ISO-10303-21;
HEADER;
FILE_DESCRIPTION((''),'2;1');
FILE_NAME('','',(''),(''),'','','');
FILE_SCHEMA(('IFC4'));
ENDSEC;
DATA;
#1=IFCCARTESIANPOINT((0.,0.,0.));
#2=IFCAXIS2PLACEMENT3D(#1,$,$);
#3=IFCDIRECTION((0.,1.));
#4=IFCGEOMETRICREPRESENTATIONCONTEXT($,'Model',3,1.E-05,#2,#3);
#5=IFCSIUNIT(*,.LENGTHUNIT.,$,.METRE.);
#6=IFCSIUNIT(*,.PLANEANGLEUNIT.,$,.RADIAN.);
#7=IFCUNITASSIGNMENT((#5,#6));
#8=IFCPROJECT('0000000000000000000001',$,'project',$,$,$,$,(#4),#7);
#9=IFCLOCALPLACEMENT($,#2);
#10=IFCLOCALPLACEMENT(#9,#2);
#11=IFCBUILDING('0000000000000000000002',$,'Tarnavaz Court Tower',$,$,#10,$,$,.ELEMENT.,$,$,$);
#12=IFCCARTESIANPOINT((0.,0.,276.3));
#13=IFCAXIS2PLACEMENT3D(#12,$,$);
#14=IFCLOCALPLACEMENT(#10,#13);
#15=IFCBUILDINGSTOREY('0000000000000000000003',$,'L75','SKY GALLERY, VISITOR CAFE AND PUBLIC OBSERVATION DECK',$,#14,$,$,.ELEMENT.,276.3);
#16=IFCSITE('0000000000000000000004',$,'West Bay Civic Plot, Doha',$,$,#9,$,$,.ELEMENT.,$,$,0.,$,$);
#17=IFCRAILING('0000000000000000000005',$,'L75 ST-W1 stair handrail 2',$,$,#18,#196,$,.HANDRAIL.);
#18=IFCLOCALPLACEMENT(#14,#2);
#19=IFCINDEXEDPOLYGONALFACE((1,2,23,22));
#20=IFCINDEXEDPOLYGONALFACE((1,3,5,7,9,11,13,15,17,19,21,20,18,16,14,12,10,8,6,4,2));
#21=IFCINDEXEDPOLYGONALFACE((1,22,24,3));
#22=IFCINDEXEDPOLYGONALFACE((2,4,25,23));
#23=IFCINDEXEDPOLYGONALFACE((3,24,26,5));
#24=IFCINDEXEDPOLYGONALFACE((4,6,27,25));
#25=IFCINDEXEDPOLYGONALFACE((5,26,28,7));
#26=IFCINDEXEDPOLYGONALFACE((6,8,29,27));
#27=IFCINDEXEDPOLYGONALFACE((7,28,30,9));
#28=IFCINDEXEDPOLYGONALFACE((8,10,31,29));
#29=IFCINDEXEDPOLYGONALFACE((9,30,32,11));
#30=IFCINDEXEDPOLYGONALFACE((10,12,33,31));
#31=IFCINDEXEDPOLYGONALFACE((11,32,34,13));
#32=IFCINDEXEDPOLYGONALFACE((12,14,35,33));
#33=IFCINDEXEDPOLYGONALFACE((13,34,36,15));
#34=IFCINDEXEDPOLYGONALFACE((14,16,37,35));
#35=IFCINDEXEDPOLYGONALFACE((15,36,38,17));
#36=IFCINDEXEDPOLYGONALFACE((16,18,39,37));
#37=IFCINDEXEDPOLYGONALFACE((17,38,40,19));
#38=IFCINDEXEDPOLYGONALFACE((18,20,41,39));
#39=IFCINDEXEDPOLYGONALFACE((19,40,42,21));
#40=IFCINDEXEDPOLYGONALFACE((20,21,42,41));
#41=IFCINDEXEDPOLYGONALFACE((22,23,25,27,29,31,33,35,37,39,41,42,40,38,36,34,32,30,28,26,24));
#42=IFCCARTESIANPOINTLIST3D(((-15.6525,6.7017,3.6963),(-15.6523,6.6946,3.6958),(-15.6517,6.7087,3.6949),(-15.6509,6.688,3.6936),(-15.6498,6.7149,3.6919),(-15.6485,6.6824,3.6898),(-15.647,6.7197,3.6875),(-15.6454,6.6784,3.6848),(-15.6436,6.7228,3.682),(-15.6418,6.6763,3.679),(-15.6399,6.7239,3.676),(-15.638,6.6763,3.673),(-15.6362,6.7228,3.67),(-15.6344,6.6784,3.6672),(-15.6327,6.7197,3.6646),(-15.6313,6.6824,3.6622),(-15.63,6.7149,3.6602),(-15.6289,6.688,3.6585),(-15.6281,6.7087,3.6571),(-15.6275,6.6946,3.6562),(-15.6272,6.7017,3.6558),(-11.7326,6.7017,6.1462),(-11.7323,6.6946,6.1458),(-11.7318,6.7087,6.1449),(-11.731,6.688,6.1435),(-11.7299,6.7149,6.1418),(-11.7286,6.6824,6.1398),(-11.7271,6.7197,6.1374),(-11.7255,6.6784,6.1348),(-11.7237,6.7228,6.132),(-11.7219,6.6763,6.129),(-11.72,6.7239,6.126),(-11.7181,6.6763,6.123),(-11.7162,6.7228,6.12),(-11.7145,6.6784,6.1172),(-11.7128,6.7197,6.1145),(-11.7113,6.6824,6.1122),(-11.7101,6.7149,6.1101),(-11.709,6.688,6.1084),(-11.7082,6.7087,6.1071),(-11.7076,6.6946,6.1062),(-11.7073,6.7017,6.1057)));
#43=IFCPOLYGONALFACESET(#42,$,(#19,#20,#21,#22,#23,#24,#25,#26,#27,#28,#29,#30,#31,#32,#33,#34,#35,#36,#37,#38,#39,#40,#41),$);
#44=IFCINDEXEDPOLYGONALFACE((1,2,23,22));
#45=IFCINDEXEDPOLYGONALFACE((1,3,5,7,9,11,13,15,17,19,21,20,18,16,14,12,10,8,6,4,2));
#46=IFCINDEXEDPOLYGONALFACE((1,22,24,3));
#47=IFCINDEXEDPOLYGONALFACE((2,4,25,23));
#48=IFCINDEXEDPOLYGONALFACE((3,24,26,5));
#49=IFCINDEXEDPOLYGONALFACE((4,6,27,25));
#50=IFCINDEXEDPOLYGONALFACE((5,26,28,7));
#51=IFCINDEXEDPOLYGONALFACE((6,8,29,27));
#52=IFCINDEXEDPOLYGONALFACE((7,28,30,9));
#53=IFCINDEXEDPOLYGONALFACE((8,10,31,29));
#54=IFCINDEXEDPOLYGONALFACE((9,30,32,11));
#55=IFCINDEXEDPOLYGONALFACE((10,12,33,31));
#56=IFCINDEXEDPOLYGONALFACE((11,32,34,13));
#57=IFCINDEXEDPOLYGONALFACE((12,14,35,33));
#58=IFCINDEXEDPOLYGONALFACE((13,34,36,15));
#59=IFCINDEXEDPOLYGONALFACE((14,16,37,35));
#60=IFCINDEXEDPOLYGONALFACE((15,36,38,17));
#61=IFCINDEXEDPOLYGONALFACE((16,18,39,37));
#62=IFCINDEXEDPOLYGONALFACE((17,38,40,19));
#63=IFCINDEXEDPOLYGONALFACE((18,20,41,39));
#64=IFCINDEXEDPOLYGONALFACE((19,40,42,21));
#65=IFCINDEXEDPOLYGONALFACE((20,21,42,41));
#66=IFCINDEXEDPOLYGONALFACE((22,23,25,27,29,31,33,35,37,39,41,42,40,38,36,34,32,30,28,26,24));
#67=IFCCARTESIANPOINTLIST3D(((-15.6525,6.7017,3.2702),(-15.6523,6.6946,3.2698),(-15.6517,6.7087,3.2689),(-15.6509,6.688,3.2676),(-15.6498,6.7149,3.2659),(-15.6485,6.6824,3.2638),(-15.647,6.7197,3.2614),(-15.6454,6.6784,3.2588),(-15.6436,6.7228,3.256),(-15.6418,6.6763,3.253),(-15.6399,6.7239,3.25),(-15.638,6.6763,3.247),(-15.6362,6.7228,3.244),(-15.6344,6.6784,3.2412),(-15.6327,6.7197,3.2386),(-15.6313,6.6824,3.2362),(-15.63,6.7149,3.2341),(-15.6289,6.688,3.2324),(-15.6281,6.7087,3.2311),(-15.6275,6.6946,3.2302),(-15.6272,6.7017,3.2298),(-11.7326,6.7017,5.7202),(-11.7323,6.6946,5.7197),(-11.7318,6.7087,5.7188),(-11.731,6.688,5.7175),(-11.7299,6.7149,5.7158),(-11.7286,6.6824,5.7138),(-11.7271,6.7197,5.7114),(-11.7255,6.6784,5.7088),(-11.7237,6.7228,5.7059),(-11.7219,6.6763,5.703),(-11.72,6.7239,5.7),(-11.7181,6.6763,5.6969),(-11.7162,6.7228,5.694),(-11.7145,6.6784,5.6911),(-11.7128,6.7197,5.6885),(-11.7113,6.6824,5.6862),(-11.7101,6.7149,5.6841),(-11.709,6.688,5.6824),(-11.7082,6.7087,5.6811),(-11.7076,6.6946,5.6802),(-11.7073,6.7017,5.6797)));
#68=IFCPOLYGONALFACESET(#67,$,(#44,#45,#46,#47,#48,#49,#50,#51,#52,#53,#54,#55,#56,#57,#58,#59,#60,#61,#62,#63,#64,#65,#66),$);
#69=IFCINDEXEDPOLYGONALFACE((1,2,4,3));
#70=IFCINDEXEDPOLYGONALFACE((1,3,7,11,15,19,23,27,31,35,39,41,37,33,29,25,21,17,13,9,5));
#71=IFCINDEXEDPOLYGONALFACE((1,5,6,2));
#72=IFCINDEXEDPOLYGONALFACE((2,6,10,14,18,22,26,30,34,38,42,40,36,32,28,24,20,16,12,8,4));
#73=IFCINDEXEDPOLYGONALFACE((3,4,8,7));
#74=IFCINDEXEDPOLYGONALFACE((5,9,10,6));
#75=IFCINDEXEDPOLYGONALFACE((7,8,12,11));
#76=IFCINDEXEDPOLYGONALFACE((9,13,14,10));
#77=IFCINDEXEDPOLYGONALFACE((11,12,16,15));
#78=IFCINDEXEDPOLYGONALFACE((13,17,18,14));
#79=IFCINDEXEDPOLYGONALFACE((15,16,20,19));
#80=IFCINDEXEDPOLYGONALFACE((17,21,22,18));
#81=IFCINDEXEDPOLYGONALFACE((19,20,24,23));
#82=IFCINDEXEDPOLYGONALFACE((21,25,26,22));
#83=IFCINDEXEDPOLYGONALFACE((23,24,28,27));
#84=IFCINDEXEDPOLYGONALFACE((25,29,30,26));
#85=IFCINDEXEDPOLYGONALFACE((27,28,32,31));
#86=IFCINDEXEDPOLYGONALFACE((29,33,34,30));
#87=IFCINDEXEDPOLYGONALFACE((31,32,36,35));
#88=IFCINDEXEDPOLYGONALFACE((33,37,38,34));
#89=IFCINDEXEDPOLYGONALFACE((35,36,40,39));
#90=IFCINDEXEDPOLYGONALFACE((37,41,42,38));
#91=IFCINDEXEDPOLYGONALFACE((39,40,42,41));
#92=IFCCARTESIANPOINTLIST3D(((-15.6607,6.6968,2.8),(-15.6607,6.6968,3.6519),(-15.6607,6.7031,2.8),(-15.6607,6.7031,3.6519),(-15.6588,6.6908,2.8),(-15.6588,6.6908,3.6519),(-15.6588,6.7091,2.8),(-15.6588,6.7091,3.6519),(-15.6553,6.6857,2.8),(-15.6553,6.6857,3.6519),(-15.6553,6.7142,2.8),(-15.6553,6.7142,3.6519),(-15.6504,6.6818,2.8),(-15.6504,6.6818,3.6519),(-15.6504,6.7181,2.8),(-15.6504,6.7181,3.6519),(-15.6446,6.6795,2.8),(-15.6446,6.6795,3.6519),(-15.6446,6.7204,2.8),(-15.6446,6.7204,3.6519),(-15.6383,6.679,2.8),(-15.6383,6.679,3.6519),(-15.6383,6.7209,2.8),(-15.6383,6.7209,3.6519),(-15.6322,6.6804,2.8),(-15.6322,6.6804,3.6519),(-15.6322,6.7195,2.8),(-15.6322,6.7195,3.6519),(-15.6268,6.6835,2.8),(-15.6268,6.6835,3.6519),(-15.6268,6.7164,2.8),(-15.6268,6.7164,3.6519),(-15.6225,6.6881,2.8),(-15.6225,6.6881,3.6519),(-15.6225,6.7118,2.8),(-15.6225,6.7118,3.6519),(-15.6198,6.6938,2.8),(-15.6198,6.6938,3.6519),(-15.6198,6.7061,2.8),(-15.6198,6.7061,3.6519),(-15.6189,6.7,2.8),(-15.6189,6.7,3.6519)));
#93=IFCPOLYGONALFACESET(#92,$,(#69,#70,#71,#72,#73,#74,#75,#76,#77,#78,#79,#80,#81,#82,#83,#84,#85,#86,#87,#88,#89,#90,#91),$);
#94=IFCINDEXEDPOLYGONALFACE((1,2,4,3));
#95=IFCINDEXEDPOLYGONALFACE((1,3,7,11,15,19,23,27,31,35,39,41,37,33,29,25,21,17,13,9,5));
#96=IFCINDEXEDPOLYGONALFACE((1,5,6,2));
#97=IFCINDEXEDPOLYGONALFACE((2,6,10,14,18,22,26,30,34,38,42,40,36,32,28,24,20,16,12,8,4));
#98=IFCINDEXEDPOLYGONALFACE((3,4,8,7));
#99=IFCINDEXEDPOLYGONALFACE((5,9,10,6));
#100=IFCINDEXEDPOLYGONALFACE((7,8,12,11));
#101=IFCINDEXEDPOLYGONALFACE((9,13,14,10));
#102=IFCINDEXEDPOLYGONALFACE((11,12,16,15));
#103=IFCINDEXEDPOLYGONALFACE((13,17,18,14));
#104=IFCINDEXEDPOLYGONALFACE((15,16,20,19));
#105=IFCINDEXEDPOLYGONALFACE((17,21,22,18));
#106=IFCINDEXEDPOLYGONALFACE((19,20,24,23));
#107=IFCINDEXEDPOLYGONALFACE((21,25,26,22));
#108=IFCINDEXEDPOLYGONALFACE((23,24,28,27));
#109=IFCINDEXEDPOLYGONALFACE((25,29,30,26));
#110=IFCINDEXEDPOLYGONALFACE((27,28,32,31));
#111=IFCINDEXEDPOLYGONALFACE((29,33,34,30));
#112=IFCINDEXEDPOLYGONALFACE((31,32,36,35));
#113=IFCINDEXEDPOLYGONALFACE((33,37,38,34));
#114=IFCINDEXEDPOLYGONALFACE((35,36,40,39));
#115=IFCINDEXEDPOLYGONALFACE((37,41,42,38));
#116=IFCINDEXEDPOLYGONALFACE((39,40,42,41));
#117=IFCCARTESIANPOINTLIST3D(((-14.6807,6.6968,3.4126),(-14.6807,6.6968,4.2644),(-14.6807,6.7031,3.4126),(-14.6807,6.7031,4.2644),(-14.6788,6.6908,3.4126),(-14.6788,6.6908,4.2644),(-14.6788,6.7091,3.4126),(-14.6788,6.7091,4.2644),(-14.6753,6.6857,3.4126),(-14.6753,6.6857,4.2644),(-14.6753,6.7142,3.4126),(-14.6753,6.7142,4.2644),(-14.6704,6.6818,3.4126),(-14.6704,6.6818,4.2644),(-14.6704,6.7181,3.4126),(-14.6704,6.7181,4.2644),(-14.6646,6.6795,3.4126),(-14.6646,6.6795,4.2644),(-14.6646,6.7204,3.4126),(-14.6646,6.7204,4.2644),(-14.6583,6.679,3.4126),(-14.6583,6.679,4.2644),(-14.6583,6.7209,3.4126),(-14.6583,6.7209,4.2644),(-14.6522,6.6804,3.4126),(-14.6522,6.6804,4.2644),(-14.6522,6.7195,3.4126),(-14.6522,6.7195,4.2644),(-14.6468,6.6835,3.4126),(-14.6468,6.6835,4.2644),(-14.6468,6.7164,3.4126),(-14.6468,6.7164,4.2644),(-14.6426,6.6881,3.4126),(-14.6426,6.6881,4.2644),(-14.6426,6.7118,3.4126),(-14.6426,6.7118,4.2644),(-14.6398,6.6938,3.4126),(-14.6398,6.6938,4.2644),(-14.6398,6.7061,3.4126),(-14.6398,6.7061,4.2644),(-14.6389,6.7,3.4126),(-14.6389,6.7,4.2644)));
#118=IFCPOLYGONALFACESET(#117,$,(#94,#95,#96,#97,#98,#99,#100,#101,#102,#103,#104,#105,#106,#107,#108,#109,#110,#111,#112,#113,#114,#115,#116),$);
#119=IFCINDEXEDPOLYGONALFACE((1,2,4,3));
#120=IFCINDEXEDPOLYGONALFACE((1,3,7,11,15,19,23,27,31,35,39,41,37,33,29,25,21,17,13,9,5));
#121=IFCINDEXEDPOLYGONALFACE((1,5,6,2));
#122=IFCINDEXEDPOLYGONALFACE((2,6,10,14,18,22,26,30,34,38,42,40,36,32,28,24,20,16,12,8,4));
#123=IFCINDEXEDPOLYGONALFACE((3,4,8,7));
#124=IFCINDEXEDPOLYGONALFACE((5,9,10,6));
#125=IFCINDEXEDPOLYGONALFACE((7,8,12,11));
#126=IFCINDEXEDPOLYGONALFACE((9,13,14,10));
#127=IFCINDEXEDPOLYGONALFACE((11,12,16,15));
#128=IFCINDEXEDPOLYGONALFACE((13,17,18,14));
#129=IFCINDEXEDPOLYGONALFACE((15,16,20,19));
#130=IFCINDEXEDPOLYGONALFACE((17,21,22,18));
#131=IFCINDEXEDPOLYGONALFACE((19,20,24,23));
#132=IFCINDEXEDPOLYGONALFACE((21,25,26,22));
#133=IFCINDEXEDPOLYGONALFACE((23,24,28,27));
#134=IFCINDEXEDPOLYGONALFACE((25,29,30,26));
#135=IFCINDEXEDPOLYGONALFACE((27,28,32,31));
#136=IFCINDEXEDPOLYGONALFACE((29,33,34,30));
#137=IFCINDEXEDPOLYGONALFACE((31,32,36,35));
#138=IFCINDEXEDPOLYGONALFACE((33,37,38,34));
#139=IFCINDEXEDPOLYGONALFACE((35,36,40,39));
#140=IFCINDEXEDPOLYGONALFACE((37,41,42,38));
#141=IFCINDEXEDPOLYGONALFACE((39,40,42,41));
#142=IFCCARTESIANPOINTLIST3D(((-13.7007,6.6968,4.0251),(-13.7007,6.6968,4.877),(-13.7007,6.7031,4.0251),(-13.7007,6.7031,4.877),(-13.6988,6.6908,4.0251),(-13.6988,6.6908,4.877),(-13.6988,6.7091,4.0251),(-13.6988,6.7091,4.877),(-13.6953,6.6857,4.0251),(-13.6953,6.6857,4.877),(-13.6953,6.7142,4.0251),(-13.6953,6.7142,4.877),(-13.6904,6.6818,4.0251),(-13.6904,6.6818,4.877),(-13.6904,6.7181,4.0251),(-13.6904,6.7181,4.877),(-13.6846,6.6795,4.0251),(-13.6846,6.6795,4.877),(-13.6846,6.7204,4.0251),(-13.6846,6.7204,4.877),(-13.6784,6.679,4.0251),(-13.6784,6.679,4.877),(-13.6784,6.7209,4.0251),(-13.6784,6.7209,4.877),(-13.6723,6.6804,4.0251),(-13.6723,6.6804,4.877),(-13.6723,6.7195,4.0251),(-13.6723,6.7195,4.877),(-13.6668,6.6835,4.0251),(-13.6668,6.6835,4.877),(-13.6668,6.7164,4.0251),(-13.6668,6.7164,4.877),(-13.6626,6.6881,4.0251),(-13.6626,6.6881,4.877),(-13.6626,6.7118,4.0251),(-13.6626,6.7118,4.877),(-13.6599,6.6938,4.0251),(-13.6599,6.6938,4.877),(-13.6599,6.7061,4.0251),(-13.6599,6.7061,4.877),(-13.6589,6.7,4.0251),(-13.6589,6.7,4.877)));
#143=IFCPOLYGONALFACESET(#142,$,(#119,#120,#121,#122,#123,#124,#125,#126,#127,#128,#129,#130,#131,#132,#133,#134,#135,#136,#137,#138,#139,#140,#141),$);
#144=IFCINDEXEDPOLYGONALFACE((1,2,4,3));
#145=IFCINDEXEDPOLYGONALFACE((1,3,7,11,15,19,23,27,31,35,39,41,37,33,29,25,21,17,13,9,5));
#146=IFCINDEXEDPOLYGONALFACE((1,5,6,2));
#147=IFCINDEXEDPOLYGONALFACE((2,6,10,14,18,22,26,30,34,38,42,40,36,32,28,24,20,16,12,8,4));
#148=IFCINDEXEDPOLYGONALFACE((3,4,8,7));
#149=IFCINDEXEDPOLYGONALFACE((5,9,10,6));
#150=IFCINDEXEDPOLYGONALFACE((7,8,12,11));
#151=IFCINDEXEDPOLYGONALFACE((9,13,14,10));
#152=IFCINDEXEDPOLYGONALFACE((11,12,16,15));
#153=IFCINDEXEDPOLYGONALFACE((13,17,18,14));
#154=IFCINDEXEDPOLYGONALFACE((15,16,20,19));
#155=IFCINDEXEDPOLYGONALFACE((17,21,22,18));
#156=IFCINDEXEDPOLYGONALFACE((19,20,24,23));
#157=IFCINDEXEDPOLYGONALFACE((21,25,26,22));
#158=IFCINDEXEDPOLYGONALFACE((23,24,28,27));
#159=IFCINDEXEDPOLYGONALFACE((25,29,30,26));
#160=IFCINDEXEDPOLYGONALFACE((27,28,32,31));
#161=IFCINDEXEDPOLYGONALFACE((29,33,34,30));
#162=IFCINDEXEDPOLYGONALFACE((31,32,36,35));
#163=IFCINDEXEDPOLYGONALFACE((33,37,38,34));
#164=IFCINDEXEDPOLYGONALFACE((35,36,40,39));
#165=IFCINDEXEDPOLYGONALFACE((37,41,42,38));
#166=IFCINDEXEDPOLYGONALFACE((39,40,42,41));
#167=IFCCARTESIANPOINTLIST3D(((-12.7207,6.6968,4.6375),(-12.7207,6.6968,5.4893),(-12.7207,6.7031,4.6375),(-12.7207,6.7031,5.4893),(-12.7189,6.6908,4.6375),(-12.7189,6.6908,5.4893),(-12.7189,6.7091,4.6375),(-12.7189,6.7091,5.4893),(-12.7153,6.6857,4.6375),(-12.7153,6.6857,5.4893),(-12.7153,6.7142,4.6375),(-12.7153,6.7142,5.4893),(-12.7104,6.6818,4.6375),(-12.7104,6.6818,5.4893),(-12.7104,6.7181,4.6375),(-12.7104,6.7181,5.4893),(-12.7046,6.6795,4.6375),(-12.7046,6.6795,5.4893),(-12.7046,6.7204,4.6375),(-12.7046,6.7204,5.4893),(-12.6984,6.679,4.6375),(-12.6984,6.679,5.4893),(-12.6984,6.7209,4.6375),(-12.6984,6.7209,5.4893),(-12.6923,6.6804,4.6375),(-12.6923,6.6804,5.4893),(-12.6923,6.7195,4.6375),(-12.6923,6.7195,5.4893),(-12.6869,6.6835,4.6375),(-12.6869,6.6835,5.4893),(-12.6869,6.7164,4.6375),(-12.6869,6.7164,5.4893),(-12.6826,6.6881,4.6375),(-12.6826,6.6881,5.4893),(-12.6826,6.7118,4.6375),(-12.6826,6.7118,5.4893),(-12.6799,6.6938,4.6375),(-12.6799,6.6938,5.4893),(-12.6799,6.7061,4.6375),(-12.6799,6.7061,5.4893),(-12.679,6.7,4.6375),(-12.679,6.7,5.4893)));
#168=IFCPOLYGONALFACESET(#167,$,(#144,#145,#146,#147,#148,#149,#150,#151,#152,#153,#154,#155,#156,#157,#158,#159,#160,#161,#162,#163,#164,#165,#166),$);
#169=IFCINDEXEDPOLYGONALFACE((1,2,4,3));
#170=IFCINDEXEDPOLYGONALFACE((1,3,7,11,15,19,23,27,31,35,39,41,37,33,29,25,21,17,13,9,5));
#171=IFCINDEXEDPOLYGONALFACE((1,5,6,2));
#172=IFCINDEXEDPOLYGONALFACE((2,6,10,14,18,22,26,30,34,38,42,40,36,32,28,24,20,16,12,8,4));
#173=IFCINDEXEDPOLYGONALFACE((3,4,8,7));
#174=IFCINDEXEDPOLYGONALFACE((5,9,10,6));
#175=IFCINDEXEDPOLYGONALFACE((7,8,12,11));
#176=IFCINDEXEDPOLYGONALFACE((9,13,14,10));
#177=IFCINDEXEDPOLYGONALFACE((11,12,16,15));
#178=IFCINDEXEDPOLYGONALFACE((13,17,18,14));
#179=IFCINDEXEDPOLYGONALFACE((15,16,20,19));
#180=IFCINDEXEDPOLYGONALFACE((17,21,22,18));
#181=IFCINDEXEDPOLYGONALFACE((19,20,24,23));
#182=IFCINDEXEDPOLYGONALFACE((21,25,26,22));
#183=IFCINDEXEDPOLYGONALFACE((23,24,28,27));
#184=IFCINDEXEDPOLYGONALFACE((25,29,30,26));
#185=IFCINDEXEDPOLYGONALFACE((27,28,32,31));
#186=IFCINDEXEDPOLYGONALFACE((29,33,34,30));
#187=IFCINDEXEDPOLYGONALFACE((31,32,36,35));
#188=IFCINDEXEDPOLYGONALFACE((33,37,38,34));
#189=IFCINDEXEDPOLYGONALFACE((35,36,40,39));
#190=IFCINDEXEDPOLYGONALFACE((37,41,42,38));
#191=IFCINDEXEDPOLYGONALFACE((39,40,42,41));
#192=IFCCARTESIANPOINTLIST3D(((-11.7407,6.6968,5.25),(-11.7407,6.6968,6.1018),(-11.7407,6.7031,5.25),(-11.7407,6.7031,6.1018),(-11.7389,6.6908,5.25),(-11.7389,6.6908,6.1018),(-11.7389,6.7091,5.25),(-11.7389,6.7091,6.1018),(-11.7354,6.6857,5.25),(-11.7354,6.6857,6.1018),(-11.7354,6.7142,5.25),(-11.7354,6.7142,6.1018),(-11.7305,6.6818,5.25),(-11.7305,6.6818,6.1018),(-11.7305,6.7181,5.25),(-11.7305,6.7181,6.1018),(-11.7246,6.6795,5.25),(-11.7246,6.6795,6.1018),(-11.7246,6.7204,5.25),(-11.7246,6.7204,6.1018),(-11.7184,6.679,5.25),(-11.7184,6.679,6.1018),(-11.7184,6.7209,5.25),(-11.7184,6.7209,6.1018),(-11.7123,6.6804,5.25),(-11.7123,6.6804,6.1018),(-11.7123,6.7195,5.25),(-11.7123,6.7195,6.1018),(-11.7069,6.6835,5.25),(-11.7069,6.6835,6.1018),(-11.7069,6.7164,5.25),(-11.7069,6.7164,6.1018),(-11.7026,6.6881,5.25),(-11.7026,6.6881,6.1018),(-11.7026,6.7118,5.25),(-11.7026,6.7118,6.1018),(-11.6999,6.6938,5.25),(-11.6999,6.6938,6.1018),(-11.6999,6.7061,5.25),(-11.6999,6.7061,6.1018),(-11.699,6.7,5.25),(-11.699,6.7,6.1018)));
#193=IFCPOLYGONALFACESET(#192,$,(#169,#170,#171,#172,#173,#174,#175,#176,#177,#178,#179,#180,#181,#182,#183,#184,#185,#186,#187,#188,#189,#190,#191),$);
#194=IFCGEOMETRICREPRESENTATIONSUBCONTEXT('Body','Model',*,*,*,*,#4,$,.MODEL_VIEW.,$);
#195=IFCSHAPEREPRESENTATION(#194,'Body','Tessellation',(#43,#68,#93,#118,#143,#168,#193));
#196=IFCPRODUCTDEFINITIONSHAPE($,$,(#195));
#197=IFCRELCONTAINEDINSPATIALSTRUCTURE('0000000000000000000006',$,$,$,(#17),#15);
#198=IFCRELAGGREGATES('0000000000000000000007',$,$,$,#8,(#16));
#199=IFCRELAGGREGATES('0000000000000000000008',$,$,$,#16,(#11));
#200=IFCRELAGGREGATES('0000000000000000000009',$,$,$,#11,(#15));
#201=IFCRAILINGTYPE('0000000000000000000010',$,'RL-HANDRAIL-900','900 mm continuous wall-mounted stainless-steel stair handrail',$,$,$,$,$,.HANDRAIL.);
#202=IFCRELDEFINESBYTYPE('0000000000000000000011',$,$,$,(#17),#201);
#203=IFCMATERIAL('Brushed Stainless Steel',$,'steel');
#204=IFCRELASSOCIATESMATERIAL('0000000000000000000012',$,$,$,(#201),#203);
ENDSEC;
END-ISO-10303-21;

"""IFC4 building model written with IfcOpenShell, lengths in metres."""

from ifc_helpers import new_model, si_unit, direction, frame, origin, origin_2d, place, context, subcontext, project, spatial, circle, extrude, material, type_object, element, save


model = new_model("IFC4")

# Units and contexts
model_context = context("Model", 3, precision=1e-05, world=origin(), true_north=direction((0.0, 1.0)))
body_context = subcontext(model_context, "Body", "Model", "MODEL_VIEW")
ifc_project = project(units=[si_unit("LENGTHUNIT", "METRE"), si_unit("PLANEANGLEUNIT", "RADIAN")], contexts=[model_context])

# Site, building, storey
site_placement = place(None, origin())
site = spatial("IfcSite", under=ifc_project, at=site_placement, Name="West Bay Civic Plot, Doha", CompositionType="ELEMENT", RefElevation=0.0)
building_placement = place(site_placement, origin())
building = spatial("IfcBuilding", under=site, at=building_placement, Name="Tarnavaz Court Tower", CompositionType="ELEMENT")
storey_placement = place(building_placement, frame((0.0, 0.0, 276.3)))
storey = spatial("IfcBuildingStorey", under=building, at=storey_placement, Name="L75", Description="SKY GALLERY, VISITOR CAFE AND PUBLIC OBSERVATION DECK", CompositionType="ELEMENT", Elevation=276.3)

# Railing
ifc_material_1 = material(Name="Brushed Stainless Steel", Category="steel")
railing_type_1 = type_object("IfcRailingType", Name="RL-HANDRAIL-900", Description="900 mm continuous wall-mounted stainless-steel stair handrail", PredefinedType="HANDRAIL", material=ifc_material_1)
railing_1_placement = place(storey_placement, frame((-15.6399, 6.7, 2.8)))
element("IfcRailing", 1, at=railing_1_placement, inside=storey, type_object=railing_type_1, Name="L75 ST-W1 stair handrail 2", PredefinedType="HANDRAIL", context=body_context, shape_type="SweptSolid", body=[
    extrude(circle(Radius=0.0239, at=origin_2d()), frame((0.0, 0.0, 0.876), z_axis=(0.847998, 0.0, 0.529999), x_axis=(0.0, 1.0, 0.0)), (0.0, 0.0, 1.0), 4.6226),
    extrude(circle(Radius=0.0239, at=origin_2d()), frame((0.0, 0.0, 0.45), z_axis=(0.847998, 0.0, 0.529999), x_axis=(0.0, 1.0, 0.0)), (0.0, 0.0, 1.0), 4.6226),
    extrude(circle(Radius=0.021, at=origin_2d()), origin(), (0.0, 0.0, 1.0), 0.8518),
    extrude(circle(Radius=0.021, at=origin_2d()), frame((0.98, 0.0, 0.6125)), (0.0, 0.0, 1.0), 0.8518),
    extrude(circle(Radius=0.021, at=origin_2d()), frame((1.96, 0.0, 1.2251)), (0.0, 0.0, 1.0), 0.8518),
    extrude(circle(Radius=0.021, at=origin_2d()), frame((2.9399, 0.0, 1.8374)), (0.0, 0.0, 1.0), 0.8518),
    extrude(circle(Radius=0.021, at=origin_2d()), frame((3.9199, 0.0, 2.45)), (0.0, 0.0, 1.0), 0.8518),
])

save(model, "model.ifc")
